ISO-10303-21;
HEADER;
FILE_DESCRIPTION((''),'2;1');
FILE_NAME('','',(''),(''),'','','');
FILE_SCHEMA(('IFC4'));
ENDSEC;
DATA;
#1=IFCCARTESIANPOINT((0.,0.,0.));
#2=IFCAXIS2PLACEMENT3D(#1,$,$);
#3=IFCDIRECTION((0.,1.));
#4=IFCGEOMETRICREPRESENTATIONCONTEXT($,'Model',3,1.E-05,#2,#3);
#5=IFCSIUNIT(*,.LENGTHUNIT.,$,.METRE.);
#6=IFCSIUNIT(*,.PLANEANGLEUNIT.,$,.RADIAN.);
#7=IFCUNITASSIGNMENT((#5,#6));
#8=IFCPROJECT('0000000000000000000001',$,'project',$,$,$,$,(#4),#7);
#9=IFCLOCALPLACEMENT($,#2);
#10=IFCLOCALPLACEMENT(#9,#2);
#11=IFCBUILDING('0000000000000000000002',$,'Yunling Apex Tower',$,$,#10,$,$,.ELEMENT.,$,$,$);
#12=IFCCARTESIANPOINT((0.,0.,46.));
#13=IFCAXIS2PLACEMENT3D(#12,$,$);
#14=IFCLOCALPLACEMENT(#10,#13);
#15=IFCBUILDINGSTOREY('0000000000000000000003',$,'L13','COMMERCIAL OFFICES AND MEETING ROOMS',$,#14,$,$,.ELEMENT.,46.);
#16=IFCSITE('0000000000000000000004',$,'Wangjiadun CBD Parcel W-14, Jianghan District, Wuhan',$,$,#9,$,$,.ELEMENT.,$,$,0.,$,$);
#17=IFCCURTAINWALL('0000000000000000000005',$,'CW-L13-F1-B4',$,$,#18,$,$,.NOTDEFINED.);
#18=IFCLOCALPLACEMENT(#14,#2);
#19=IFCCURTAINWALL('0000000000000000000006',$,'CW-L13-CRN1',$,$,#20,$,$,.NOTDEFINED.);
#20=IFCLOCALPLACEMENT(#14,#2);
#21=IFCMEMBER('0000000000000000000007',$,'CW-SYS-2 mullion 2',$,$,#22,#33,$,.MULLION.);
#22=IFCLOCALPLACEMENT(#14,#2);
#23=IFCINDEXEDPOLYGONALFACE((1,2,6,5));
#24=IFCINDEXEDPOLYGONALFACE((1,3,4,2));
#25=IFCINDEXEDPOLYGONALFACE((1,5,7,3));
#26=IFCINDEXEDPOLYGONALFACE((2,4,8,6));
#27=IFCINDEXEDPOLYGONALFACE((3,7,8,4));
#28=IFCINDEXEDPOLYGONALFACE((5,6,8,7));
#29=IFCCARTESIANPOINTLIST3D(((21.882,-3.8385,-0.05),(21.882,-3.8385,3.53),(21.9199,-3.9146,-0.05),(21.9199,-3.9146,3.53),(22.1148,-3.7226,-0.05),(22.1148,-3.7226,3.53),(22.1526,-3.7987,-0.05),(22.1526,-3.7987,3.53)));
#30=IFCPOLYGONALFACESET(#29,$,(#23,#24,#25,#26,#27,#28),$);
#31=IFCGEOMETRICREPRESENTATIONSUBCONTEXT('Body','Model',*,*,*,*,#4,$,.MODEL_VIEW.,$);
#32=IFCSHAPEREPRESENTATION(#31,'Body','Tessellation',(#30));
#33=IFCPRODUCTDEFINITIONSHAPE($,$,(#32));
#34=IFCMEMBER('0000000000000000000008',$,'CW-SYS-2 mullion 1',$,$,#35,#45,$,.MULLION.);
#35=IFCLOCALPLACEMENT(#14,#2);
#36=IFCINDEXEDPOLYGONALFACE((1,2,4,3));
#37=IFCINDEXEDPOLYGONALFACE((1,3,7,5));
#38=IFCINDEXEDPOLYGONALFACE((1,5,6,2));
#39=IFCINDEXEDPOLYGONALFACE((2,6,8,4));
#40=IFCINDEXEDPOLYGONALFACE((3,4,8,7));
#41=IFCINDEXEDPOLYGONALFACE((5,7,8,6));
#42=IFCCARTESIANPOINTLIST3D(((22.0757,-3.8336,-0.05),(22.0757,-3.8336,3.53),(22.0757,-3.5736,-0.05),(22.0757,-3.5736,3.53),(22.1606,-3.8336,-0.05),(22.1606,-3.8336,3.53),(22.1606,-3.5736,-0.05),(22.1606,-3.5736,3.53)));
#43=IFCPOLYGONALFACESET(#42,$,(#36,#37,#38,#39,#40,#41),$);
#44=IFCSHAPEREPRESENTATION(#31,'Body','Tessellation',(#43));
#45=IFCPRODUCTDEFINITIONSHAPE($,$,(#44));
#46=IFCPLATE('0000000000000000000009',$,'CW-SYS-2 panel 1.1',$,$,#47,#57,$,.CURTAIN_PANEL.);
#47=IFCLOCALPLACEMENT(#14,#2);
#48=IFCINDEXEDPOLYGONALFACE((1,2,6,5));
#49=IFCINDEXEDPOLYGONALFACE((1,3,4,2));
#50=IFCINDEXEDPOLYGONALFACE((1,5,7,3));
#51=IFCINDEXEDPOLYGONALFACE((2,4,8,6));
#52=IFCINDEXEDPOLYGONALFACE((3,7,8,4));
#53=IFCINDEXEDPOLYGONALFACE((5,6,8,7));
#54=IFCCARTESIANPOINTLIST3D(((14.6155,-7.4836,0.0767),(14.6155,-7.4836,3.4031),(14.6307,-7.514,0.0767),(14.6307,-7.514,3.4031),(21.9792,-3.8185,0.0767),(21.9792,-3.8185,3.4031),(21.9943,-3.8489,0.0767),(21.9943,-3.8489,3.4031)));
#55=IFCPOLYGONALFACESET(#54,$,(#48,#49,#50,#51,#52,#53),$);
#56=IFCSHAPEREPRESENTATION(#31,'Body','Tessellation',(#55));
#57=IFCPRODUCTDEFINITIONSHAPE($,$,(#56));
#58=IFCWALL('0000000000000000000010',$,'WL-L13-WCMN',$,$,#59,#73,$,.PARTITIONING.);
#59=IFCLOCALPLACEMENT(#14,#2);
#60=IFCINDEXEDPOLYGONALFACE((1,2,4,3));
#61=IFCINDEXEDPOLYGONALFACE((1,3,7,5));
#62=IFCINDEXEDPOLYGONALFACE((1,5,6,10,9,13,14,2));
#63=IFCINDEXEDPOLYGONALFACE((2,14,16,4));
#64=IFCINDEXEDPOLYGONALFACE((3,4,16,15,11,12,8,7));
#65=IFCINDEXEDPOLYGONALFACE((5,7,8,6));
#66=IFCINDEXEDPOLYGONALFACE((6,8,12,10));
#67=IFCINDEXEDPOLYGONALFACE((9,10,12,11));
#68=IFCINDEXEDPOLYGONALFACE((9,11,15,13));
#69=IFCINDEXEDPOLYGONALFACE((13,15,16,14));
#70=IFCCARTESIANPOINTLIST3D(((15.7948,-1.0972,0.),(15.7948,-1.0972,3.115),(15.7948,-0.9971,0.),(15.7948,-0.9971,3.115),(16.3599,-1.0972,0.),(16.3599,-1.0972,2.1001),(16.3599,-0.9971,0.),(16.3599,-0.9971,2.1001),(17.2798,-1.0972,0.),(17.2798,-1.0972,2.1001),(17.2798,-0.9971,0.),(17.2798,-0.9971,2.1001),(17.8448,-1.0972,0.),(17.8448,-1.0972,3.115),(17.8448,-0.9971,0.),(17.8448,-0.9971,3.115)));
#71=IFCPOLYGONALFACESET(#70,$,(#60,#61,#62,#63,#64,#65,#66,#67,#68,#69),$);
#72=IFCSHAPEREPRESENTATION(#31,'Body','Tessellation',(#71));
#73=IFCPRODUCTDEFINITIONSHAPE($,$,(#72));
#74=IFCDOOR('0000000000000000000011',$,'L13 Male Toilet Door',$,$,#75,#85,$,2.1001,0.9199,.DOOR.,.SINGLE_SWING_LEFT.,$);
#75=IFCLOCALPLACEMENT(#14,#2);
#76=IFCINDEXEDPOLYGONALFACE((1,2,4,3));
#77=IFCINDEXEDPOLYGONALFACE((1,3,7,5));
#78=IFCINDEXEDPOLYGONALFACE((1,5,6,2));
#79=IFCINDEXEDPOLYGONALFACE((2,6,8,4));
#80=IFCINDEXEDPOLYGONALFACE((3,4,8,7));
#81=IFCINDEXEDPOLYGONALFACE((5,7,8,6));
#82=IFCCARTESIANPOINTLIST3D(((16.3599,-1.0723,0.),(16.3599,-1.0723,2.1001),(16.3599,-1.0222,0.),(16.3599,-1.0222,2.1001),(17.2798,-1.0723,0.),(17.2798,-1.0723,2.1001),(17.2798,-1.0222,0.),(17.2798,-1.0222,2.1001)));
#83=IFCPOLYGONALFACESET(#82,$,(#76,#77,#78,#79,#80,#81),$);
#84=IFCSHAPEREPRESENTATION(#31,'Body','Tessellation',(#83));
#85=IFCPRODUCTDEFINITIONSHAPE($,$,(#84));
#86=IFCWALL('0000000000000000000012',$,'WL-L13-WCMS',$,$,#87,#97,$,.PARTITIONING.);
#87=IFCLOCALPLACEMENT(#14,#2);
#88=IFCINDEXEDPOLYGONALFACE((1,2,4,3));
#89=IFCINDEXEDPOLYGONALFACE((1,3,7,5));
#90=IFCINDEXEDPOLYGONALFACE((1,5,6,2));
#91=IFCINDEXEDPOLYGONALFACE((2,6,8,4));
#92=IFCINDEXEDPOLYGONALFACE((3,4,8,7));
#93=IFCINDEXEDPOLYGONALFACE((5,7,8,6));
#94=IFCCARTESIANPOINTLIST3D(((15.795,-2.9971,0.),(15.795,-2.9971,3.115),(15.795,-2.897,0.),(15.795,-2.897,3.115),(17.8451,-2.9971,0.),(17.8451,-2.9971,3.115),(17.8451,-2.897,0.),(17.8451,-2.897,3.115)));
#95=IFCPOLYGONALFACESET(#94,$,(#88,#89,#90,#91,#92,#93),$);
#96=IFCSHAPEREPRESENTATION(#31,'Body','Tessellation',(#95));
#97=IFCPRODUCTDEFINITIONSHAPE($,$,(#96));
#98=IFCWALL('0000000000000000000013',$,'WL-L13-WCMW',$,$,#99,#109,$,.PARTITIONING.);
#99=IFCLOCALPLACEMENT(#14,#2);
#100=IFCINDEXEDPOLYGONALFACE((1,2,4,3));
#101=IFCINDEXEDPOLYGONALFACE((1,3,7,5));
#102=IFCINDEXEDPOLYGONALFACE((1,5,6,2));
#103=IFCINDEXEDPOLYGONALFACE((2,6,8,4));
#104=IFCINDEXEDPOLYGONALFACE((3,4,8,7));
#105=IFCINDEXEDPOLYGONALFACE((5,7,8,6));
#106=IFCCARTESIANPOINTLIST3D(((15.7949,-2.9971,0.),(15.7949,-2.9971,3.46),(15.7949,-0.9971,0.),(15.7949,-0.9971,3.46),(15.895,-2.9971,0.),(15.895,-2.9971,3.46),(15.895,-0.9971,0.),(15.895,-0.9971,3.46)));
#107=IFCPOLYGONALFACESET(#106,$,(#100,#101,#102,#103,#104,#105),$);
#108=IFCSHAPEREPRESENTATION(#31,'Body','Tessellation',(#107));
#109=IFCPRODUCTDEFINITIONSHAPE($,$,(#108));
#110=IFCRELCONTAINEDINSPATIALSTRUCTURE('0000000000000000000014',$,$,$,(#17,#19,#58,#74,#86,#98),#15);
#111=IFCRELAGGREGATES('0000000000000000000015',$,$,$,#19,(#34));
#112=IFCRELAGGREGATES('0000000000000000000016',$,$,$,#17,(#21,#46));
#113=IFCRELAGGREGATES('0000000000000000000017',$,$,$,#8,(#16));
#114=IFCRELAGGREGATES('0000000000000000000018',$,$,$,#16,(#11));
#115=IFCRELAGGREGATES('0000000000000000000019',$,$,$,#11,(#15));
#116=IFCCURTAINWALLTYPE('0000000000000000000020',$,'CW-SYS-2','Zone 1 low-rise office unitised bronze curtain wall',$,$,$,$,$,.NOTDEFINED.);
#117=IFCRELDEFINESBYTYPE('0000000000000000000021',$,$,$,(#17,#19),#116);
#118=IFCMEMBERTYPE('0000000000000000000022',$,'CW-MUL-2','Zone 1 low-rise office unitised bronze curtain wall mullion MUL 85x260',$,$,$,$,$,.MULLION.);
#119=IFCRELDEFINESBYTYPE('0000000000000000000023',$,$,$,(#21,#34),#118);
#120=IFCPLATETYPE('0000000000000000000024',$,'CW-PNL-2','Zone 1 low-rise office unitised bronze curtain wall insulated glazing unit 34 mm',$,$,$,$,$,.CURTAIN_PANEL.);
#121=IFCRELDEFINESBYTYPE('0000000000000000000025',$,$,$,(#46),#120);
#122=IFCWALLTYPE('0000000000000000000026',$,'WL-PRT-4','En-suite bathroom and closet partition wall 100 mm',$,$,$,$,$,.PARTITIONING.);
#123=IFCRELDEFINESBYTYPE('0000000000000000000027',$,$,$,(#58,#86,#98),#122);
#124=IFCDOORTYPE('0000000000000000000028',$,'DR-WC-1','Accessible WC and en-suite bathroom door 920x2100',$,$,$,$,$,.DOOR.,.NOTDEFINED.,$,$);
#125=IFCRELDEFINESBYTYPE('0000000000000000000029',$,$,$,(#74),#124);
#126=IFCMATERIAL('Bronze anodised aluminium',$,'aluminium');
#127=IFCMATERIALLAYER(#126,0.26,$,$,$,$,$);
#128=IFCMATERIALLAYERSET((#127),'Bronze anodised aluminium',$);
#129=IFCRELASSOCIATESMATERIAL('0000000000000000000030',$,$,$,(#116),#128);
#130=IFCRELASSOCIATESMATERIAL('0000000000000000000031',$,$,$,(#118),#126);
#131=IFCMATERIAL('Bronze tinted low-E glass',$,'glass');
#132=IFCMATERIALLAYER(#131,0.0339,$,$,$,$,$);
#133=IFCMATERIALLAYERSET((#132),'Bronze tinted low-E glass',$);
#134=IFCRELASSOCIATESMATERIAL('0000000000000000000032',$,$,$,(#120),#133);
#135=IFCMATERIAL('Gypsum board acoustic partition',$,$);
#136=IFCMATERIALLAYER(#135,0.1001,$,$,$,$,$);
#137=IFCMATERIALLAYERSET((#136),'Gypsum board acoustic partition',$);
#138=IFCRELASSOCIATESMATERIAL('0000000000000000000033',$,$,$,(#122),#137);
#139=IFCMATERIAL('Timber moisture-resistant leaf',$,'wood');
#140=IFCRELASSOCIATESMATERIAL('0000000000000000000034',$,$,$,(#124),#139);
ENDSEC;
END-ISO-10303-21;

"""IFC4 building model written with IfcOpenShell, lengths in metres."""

from ifc_helpers import new_model, si_unit, direction, frame, frame_2d, origin, origin_2d, place, context, subcontext, project, spatial, rectangle, extrude, source, transform, mapped, material, layer, layer_set, material_profile, profile_set, type_object, element, fill, aggregate, save


model = new_model("IFC4")

# Units and contexts
model_context = context("Model", 3, precision=1e-05, world=origin(), true_north=direction((0.0, 1.0)))
body_context = subcontext(model_context, "Body", "Model", "MODEL_VIEW")
ifc_project = project(units=[si_unit("LENGTHUNIT", "METRE"), si_unit("PLANEANGLEUNIT", "RADIAN")], contexts=[model_context])

# Site, building, storey
site_placement = place(None, origin())
site = spatial("IfcSite", under=ifc_project, at=site_placement, Name="Wangjiadun CBD Parcel W-14, Jianghan District, Wuhan", CompositionType="ELEMENT", RefElevation=0.0)
building_placement = place(site_placement, origin())
building = spatial("IfcBuilding", under=site, at=building_placement, Name="Yunling Apex Tower", CompositionType="ELEMENT")
storey_placement = place(building_placement, frame((0.0, 0.0, 46.0)))
storey = spatial("IfcBuildingStorey", under=building, at=storey_placement, Name="L13", Description="COMMERCIAL OFFICES AND MEETING ROOMS", CompositionType="ELEMENT", Elevation=46.0)

# Curtain walls
ifc_material_1 = material(Name="Bronze anodised aluminium", Category="aluminium")
ifc_layer_1 = layer(ifc_material_1, 0.26)
ifc_layer_set_1 = layer_set([ifc_layer_1], Name="Bronze anodised aluminium")
curtain_wall_type = type_object("IfcCurtainWallType", Name="CW-SYS-2", Description="Zone 1 low-rise office unitised bronze curtain wall", PredefinedType="NOTDEFINED", material=ifc_layer_set_1)
curtain_wall_1_placement = place(storey_placement, origin())
curtain_wall_1 = element("IfcCurtainWall", 1, at=curtain_wall_1_placement, inside=storey, type_object=curtain_wall_type, Name="CW-L13-F1-B4", PredefinedType="NOTDEFINED")
curtain_wall_2_placement = place(storey_placement, origin())
curtain_wall_2 = element("IfcCurtainWall", 2, at=curtain_wall_2_placement, inside=storey, type_object=curtain_wall_type, Name="CW-L13-CRN1", PredefinedType="NOTDEFINED")

# Shared definitions
ifc_material_profile_1 = material_profile(ifc_material_1, rectangle(XDim=0.085, YDim=0.26, at=origin_2d()))
ifc_profile_set_1 = profile_set([ifc_material_profile_1], Name="Bronze anodised aluminium")
member_type_1 = type_object("IfcMemberType", Name="CW-MUL-2", Description="Zone 1 low-rise office unitised bronze curtain wall mullion MUL 85x260", PredefinedType="MULLION", material=ifc_profile_set_1)
shared_shape_1 = source(origin(), body_context, "Body", "SweptSolid", [
    extrude(rectangle(XDim=0.085, YDim=0.26, at=origin_2d()), origin(), (0.0, 0.0, 1.0), 3.5801),
])

# Members
member_1_placement = place(storey_placement, frame((22.0173, -3.8186, -0.05), z_axis=(0.0, 0.0, 1.0), x_axis=(-0.44558, 0.895242, 0.0)))
member_1 = element("IfcMember", 3, at=member_1_placement, type_object=member_type_1, Name="CW-SYS-2 mullion 2", PredefinedType="MULLION", context=body_context, shape_type="MappedRepresentation", body=[
    mapped(shared_shape_1, transform((0.0, 0.0, 0.0), scale=1.0)),
])
member_2_placement = place(storey_placement, frame((22.1182, -3.7036, -0.05), z_axis=(0.0, 0.0, 1.0), x_axis=(-1.0, 0.0, 0.0)))
member_2 = element("IfcMember", 4, at=member_2_placement, type_object=member_type_1, Name="CW-SYS-2 mullion 1", PredefinedType="MULLION", context=body_context, shape_type="MappedRepresentation", body=[
    mapped(shared_shape_1, transform((0.0, 0.0, 0.0), scale=1.0)),
])
aggregate(curtain_wall_2, [member_2])

# Plate
ifc_material_2 = material(Name="Bronze tinted low-E glass", Category="glass")
ifc_layer_2 = layer(ifc_material_2, 0.0339)
ifc_layer_set_2 = layer_set([ifc_layer_2], Name="Bronze tinted low-E glass")
plate_type = type_object("IfcPlateType", Name="CW-PNL-2", Description="Zone 1 low-rise office unitised bronze curtain wall insulated glazing unit 34 mm", PredefinedType="CURTAIN_PANEL", material=ifc_layer_set_2)
shared_shape_2 = source(origin(), body_context, "Body", "SweptSolid", [
    extrude(rectangle(XDim=8.2253, YDim=0.0339, at=origin_2d()), origin(), (0.0, 0.0, 1.0), 3.3264),
])
plate_placement = place(storey_placement, frame((18.3049, -5.6663, 0.0767), z_axis=(0.0, 0.0, 1.0), x_axis=(0.895242, 0.44558, 0.0)))
plate = element("IfcPlate", 5, at=plate_placement, type_object=plate_type, Name="CW-SYS-2 panel 1.1", PredefinedType="CURTAIN_PANEL", context=body_context, shape_type="MappedRepresentation", body=[
    mapped(shared_shape_2, transform((0.0, 0.0, 0.0), scale=1.0)),
])
aggregate(curtain_wall_1, [member_1, plate])

# Wall, opening, door
ifc_material_3 = material(Name="Gypsum board acoustic partition")
ifc_layer_3 = layer(ifc_material_3, 0.1001)
ifc_layer_set_3 = layer_set([ifc_layer_3], Name="Gypsum board acoustic partition")
wall_type = type_object("IfcWallType", Name="WL-PRT-4", Description="En-suite bathroom and closet partition wall 100 mm", PredefinedType="PARTITIONING", material=ifc_layer_set_3)
wall_1_placement = place(storey_placement, frame((15.7949, -1.0471, 0.0), z_axis=(0.0, 0.0, 1.0), x_axis=(1.0, 0.0, 0.0)))
wall_1 = element("IfcWall", 6, at=wall_1_placement, inside=storey, type_object=wall_type, Name="WL-L13-WCMN", PredefinedType="PARTITIONING", context=body_context, shape_type="SweptSolid", body=[
    extrude(rectangle(XDim=2.05, YDim=0.1001, at=frame_2d((1.0249, 0.0))), origin(), (0.0, 0.0, 1.0), 3.115),
])
opening_placement = place(wall_1_placement, frame((0.5649, 0.0, 0.0)))
opening = element("IfcOpeningElement", 7, at=opening_placement, cuts=wall_1, PredefinedType="OPENING", context=body_context, shape_type="SweptSolid", body=[
    extrude(rectangle(XDim=0.9199, YDim=2.1001, at=frame_2d((0.46, 1.05))), frame((0.0, 0.0601, 0.0), z_axis=(0.0, -1.0, 0.0), x_axis=(1.0, 0.0, 0.0)), (0.0, 0.0, 1.0), 0.1201),
])
ifc_material_4 = material(Name="Timber moisture-resistant leaf", Category="wood")
door_type = type_object("IfcDoorType", Name="DR-WC-1", Description="Accessible WC and en-suite bathroom door 920x2100", OperationType="NOTDEFINED", PredefinedType="DOOR", material=ifc_material_4)
door_placement = place(opening_placement, origin())
door = element("IfcDoor", 8, at=door_placement, inside=storey, type_object=door_type, Name="L13 Male Toilet Door", OperationType="SINGLE_SWING_LEFT", OverallHeight=2.1001, OverallWidth=0.9199, PredefinedType="DOOR", context=body_context, shape_type="SweptSolid", body=[
    extrude(rectangle(XDim=0.9199, YDim=2.1001, at=frame_2d((0.46, 1.05))), frame((0.0, 0.0249, 0.0), z_axis=(0.0, -1.0, 0.0), x_axis=(1.0, 0.0, 0.0)), (0.0, 0.0, 1.0), 0.05),
])
fill(opening, door)

# Walls
wall_2_placement = place(storey_placement, frame((17.845, -2.947, 0.0), z_axis=(0.0, 0.0, 1.0), x_axis=(-1.0, 0.0, 0.0)))
element("IfcWall", 9, at=wall_2_placement, inside=storey, type_object=wall_type, Name="WL-L13-WCMS", PredefinedType="PARTITIONING", context=body_context, shape_type="SweptSolid", body=[
    extrude(rectangle(XDim=2.05, YDim=0.1001, at=frame_2d((1.0249, 0.0))), origin(), (0.0, 0.0, 1.0), 3.115),
])
wall_3_placement = place(storey_placement, frame((15.845, -2.9971, 0.0), z_axis=(0.0, 0.0, 1.0), x_axis=(0.0, 1.0, 0.0)))
element("IfcWall", 10, at=wall_3_placement, inside=storey, type_object=wall_type, Name="WL-L13-WCMW", PredefinedType="PARTITIONING", context=body_context, shape_type="SweptSolid", body=[
    extrude(rectangle(XDim=2.0, YDim=0.1001, at=frame_2d((1.0, 0.0))), origin(), (0.0, 0.0, 1.0), 3.46),
])

save(model, "model.ifc")
